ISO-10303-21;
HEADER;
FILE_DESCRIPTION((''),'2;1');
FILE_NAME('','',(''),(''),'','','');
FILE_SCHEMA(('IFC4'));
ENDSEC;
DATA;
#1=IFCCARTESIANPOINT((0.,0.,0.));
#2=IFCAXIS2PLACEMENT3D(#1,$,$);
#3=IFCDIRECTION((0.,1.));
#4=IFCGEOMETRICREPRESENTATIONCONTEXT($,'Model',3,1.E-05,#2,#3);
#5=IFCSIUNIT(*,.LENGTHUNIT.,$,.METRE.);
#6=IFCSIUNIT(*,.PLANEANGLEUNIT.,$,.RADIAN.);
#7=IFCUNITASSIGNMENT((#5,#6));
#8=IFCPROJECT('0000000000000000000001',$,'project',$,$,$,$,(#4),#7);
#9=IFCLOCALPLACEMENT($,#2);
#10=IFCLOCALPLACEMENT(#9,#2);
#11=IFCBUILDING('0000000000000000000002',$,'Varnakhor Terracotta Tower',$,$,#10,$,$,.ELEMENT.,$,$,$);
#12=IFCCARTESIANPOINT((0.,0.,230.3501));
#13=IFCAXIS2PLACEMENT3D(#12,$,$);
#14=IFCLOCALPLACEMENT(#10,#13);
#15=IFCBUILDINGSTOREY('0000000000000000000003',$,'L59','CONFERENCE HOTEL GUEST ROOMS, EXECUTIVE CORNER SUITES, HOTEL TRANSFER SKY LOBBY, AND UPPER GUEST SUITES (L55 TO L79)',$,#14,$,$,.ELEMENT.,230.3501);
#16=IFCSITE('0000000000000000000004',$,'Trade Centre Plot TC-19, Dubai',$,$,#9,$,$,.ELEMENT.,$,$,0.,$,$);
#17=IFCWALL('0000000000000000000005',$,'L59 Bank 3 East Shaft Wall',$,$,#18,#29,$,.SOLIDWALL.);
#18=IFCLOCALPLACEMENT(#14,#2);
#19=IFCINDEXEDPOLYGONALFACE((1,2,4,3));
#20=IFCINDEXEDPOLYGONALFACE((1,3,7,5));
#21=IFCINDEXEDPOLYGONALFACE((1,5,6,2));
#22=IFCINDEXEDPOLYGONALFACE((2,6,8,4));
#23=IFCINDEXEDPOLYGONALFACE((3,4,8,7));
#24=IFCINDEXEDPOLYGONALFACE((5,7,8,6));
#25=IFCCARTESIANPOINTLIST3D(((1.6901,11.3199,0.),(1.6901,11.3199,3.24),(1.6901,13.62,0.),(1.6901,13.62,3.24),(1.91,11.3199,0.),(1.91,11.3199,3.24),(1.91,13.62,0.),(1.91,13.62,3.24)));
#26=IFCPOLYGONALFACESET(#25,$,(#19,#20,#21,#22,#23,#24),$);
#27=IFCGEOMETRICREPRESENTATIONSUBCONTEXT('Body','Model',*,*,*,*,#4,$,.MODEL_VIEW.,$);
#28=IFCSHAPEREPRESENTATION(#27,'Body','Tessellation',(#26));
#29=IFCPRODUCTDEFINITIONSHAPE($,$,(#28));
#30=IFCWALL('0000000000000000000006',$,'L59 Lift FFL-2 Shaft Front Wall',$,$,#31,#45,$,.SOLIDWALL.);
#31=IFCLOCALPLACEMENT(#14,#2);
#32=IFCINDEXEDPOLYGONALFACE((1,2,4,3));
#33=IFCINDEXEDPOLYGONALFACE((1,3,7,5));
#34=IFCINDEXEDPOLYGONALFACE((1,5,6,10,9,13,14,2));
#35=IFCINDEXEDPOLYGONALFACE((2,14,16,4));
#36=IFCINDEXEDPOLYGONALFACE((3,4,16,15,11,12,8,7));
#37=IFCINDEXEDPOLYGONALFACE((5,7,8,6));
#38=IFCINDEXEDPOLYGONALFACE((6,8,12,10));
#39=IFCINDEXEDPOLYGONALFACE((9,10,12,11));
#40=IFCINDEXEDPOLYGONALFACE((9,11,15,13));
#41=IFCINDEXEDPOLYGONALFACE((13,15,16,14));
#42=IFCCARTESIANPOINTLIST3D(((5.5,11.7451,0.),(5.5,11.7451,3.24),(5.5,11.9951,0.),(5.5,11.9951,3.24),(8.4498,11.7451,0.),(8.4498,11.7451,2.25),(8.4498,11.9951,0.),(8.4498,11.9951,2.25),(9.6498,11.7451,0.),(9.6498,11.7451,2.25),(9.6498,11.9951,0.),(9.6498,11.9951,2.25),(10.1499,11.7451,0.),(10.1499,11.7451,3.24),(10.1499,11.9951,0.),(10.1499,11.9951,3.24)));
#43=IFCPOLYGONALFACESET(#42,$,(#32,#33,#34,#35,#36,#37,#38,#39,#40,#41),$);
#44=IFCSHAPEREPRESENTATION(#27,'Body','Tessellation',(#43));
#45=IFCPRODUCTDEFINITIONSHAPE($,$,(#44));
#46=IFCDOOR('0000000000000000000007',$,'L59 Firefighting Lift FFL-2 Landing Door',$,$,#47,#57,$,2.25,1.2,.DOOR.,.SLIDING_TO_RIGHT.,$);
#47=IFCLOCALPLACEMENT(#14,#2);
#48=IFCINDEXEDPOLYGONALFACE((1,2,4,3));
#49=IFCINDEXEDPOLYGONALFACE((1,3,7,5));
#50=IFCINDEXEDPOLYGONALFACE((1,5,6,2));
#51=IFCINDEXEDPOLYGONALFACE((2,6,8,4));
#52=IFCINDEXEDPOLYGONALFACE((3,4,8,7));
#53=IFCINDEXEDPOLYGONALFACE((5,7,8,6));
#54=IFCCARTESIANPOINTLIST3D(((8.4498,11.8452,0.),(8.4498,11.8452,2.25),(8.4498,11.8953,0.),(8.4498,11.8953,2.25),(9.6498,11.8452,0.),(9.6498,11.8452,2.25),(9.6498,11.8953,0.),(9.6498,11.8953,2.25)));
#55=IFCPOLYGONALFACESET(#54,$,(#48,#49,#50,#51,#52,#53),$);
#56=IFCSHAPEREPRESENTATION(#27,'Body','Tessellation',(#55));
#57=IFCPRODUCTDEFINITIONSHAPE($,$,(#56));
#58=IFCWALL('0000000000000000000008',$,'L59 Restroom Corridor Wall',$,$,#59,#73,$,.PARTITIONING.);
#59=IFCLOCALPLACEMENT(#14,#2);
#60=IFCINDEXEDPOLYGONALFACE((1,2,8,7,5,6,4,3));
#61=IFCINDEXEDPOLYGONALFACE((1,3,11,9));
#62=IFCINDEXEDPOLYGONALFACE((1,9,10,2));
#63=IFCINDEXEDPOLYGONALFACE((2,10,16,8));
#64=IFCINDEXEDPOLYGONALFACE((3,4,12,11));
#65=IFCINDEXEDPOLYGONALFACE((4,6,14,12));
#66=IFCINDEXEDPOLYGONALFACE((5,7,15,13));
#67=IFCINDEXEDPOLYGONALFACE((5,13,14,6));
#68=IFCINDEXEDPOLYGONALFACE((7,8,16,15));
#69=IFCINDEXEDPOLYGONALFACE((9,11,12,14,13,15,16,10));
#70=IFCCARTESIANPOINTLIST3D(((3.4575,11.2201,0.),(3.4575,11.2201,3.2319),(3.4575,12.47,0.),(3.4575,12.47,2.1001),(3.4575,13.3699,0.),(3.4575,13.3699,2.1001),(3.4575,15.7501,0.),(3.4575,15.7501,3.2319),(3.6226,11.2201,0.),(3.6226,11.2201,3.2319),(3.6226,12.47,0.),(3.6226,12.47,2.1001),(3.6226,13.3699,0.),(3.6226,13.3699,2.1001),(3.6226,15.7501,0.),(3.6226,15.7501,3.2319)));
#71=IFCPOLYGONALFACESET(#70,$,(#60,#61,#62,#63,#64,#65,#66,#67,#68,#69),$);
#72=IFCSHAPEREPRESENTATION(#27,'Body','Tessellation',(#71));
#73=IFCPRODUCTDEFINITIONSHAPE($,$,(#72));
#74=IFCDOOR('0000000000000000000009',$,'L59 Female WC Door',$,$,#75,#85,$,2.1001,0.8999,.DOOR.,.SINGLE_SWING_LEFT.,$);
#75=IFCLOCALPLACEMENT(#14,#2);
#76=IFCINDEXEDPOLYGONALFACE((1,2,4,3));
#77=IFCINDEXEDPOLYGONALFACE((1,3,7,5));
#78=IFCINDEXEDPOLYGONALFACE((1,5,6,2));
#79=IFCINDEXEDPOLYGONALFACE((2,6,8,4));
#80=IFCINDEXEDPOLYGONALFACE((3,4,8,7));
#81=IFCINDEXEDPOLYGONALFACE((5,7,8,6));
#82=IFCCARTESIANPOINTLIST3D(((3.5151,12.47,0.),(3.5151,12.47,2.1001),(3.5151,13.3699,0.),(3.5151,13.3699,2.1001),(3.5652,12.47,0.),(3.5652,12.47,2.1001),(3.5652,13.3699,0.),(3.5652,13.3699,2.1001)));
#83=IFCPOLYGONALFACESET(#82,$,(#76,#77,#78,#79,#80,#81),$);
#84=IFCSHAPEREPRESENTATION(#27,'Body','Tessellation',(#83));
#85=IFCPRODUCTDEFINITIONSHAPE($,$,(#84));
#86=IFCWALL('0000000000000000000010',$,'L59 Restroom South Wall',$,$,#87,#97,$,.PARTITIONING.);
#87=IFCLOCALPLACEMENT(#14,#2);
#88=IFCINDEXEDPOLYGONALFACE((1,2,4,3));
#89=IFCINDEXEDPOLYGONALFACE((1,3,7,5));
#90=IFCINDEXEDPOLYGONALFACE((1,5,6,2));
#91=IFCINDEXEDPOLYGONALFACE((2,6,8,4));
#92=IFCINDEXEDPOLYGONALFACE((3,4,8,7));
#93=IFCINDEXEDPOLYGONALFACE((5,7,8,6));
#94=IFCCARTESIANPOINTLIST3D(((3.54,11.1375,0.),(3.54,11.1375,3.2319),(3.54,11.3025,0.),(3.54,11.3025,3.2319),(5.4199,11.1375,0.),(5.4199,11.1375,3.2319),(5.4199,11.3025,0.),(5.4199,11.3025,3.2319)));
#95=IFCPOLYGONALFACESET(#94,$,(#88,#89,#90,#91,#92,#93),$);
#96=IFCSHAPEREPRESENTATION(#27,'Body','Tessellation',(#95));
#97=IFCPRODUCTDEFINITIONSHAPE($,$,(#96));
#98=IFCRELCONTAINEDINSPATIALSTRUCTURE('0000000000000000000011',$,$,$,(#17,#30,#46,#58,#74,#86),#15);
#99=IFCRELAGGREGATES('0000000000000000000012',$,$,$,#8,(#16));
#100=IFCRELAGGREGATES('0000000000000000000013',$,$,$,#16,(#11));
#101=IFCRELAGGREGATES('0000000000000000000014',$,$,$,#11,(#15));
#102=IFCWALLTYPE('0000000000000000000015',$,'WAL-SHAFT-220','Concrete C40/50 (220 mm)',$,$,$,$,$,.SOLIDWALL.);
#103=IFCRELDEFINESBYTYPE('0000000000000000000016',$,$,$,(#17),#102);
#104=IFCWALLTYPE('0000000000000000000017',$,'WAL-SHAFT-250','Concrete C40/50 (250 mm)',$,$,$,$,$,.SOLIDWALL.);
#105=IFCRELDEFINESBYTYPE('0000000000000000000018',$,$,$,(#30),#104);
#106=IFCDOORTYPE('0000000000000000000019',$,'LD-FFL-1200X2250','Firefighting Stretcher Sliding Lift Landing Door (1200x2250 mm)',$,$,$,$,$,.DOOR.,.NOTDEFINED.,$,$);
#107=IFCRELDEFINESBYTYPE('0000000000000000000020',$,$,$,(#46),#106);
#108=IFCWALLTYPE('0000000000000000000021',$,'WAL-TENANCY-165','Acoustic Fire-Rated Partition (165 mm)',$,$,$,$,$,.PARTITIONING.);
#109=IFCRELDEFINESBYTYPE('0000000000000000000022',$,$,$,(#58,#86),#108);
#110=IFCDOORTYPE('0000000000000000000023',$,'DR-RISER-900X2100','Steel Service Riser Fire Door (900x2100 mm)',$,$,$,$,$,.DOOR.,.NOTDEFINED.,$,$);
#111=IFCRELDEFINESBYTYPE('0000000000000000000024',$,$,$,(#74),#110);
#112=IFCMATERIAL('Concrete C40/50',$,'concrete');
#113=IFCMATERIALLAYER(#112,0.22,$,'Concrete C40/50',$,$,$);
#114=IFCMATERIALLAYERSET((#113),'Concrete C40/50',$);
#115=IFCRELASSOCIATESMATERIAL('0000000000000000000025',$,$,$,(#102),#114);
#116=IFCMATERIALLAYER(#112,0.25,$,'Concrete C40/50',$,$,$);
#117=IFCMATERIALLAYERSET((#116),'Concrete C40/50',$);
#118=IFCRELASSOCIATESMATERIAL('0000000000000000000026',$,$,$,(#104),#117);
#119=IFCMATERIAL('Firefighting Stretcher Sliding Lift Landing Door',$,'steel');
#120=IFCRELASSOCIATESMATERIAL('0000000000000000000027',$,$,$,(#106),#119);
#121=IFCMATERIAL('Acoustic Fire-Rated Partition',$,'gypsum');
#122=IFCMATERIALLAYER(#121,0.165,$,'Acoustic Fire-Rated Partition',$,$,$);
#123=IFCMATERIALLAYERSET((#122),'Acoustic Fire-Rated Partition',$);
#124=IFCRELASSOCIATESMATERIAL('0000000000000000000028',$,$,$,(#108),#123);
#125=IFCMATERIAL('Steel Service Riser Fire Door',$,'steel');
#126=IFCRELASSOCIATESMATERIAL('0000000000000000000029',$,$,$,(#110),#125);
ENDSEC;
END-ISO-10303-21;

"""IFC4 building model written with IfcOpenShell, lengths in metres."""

from ifc_helpers import new_model, si_unit, direction, frame, frame_2d, origin, place, context, subcontext, project, spatial, rectangle, extrude, source, transform, mapped, material, layer, layer_set, type_object, type_shapes, element, fill, save


model = new_model("IFC4")

# Units and contexts
model_context = context("Model", 3, precision=1e-05, world=origin(), true_north=direction((0.0, 1.0)))
body_context = subcontext(model_context, "Body", "Model", "MODEL_VIEW")
ifc_project = project(units=[si_unit("LENGTHUNIT", "METRE"), si_unit("PLANEANGLEUNIT", "RADIAN")], contexts=[model_context])

# Site, building, storey
site_placement = place(None, origin())
site = spatial("IfcSite", under=ifc_project, at=site_placement, Name="Trade Centre Plot TC-19, Dubai", CompositionType="ELEMENT", RefElevation=0.0)
building_placement = place(site_placement, origin())
building = spatial("IfcBuilding", under=site, at=building_placement, Name="Varnakhor Terracotta Tower", CompositionType="ELEMENT")
storey_placement = place(building_placement, frame((0.0, 0.0, 230.3501)))
storey = spatial("IfcBuildingStorey", under=building, at=storey_placement, Name="L59", Description="CONFERENCE HOTEL GUEST ROOMS, EXECUTIVE CORNER SUITES, HOTEL TRANSFER SKY LOBBY, AND UPPER GUEST SUITES (L55 TO L79)", CompositionType="ELEMENT", Elevation=230.3501)

# Wall
ifc_material_1 = material(Name="Concrete C40/50", Category="concrete")
ifc_layer_1 = layer(ifc_material_1, 0.22, Name="Concrete C40/50")
ifc_layer_set_1 = layer_set([ifc_layer_1], Name="Concrete C40/50")
wall_type_1 = type_object("IfcWallType", Name="WAL-SHAFT-220", Description="Concrete C40/50 (220 mm)", PredefinedType="SOLIDWALL", material=ifc_layer_set_1)
wall_1_placement = place(storey_placement, frame((1.8, 11.3201, 0.0), z_axis=(0.0, 0.0, 1.0), x_axis=(0.0, 1.0, 0.0)))
element("IfcWall", 1, at=wall_1_placement, inside=storey, type_object=wall_type_1, Name="L59 Bank 3 East Shaft Wall", PredefinedType="SOLIDWALL", context=body_context, shape_type="SweptSolid", body=[
    extrude(rectangle(XDim=2.3, YDim=0.22, at=frame_2d((1.1499, 0.0))), origin(), (0.0, 0.0, 1.0), 3.24),
])

# Walls, openings, doors
ifc_layer_2 = layer(ifc_material_1, 0.25, Name="Concrete C40/50")
ifc_layer_set_2 = layer_set([ifc_layer_2], Name="Concrete C40/50")
wall_type_2 = type_object("IfcWallType", Name="WAL-SHAFT-250", Description="Concrete C40/50 (250 mm)", PredefinedType="SOLIDWALL", material=ifc_layer_set_2)
wall_2_placement = place(storey_placement, frame((10.1499, 11.8701, 0.0), z_axis=(0.0, 0.0, 1.0), x_axis=(-1.0, 0.0, 0.0)))
wall_2 = element("IfcWall", 2, at=wall_2_placement, inside=storey, type_object=wall_type_2, Name="L59 Lift FFL-2 Shaft Front Wall", PredefinedType="SOLIDWALL", context=body_context, shape_type="SweptSolid", body=[
    extrude(rectangle(XDim=4.6499, YDim=0.25, at=frame_2d((2.325, 0.0))), origin(), (0.0, 0.0, 1.0), 3.24),
])
opening_1_placement = place(wall_2_placement, frame((0.5, 0.0, 0.0)))
opening_1 = element("IfcOpeningElement", 3, at=opening_1_placement, cuts=wall_2, PredefinedType="OPENING", context=body_context, shape_type="SweptSolid", body=[
    extrude(rectangle(XDim=1.2, YDim=2.25, at=frame_2d((0.6001, 1.125))), frame((0.0, 0.135, 0.0), z_axis=(0.0, -1.0, 0.0), x_axis=(1.0, 0.0, 0.0)), (0.0, 0.0, 1.0), 0.27),
])
ifc_material_2 = material(Name="Firefighting Stretcher Sliding Lift Landing Door", Category="steel")
door_type_1 = type_object("IfcDoorType", Name="LD-FFL-1200X2250", Description="Firefighting Stretcher Sliding Lift Landing Door (1200x2250 mm)", OperationType="NOTDEFINED", PredefinedType="DOOR", material=ifc_material_2)
shared_shape_1 = source(origin(), body_context, "Body", "SweptSolid", [
    extrude(rectangle(XDim=1.2, YDim=2.25, at=frame_2d((0.6001, 1.125))), frame((0.0, 0.0249, 0.0), z_axis=(0.0, -1.0, 0.0), x_axis=(1.0, 0.0, 0.0)), (0.0, 0.0, 1.0), 0.05),
])
type_shapes(door_type_1, [shared_shape_1])
door_1_placement = place(opening_1_placement, origin())
door_1 = element("IfcDoor", 4, at=door_1_placement, inside=storey, type_object=door_type_1, Name="L59 Firefighting Lift FFL-2 Landing Door", OperationType="SLIDING_TO_RIGHT", OverallHeight=2.25, OverallWidth=1.2, PredefinedType="DOOR", context=body_context, shape_type="MappedRepresentation", body=[
    mapped(shared_shape_1, transform((0.0, 0.0, 0.0), scale=1.0)),
])
fill(opening_1, door_1)
ifc_material_3 = material(Name="Acoustic Fire-Rated Partition", Category="gypsum")
ifc_layer_3 = layer(ifc_material_3, 0.165, Name="Acoustic Fire-Rated Partition")
ifc_layer_set_3 = layer_set([ifc_layer_3], Name="Acoustic Fire-Rated Partition")
wall_type_3 = type_object("IfcWallType", Name="WAL-TENANCY-165", Description="Acoustic Fire-Rated Partition (165 mm)", PredefinedType="PARTITIONING", material=ifc_layer_set_3)
wall_3_placement = place(storey_placement, frame((3.54, 11.22, 0.0), z_axis=(0.0, 0.0, 1.0), x_axis=(0.0, 1.0, 0.0)))
wall_3 = element("IfcWall", 5, at=wall_3_placement, inside=storey, type_object=wall_type_3, Name="L59 Restroom Corridor Wall", PredefinedType="PARTITIONING", context=body_context, shape_type="SweptSolid", body=[
    extrude(rectangle(XDim=4.53, YDim=0.165, at=frame_2d((2.2651, 0.0))), origin(), (0.0, 0.0, 1.0), 3.2319),
])
opening_2_placement = place(wall_3_placement, frame((1.25, 0.0, 0.0)))
opening_2 = element("IfcOpeningElement", 6, at=opening_2_placement, cuts=wall_3, PredefinedType="OPENING", context=body_context, shape_type="SweptSolid", body=[
    extrude(rectangle(XDim=0.8999, YDim=2.1001, at=frame_2d((0.45, 1.05))), frame((0.0, 0.0925, 0.0), z_axis=(0.0, -1.0, 0.0), x_axis=(1.0, 0.0, 0.0)), (0.0, 0.0, 1.0), 0.1851),
])
ifc_material_4 = material(Name="Steel Service Riser Fire Door", Category="steel")
door_type_2 = type_object("IfcDoorType", Name="DR-RISER-900X2100", Description="Steel Service Riser Fire Door (900x2100 mm)", OperationType="NOTDEFINED", PredefinedType="DOOR", material=ifc_material_4)
shared_shape_2 = source(origin(), body_context, "Body", "SweptSolid", [
    extrude(rectangle(XDim=0.8999, YDim=2.1001, at=frame_2d((0.45, 1.05))), frame((0.0, 0.0249, 0.0), z_axis=(0.0, -1.0, 0.0), x_axis=(1.0, 0.0, 0.0)), (0.0, 0.0, 1.0), 0.05),
])
type_shapes(door_type_2, [shared_shape_2])
door_2_placement = place(opening_2_placement, origin())
door_2 = element("IfcDoor", 7, at=door_2_placement, inside=storey, type_object=door_type_2, Name="L59 Female WC Door", OperationType="SINGLE_SWING_LEFT", OverallHeight=2.1001, OverallWidth=0.8999, PredefinedType="DOOR", context=body_context, shape_type="MappedRepresentation", body=[
    mapped(shared_shape_2, transform((0.0, 0.0, 0.0), scale=1.0)),
])
fill(opening_2, door_2)

# Wall
wall_4_placement = place(storey_placement, frame((3.54, 11.22, 0.0), z_axis=(0.0, 0.0, 1.0), x_axis=(1.0, 0.0, 0.0)))
element("IfcWall", 8, at=wall_4_placement, inside=storey, type_object=wall_type_3, Name="L59 Restroom South Wall", PredefinedType="PARTITIONING", context=body_context, shape_type="SweptSolid", body=[
    extrude(rectangle(XDim=1.8799, YDim=0.165, at=frame_2d((0.9399, 0.0))), origin(), (0.0, 0.0, 1.0), 3.2319),
])

save(model, "model.ifc")
